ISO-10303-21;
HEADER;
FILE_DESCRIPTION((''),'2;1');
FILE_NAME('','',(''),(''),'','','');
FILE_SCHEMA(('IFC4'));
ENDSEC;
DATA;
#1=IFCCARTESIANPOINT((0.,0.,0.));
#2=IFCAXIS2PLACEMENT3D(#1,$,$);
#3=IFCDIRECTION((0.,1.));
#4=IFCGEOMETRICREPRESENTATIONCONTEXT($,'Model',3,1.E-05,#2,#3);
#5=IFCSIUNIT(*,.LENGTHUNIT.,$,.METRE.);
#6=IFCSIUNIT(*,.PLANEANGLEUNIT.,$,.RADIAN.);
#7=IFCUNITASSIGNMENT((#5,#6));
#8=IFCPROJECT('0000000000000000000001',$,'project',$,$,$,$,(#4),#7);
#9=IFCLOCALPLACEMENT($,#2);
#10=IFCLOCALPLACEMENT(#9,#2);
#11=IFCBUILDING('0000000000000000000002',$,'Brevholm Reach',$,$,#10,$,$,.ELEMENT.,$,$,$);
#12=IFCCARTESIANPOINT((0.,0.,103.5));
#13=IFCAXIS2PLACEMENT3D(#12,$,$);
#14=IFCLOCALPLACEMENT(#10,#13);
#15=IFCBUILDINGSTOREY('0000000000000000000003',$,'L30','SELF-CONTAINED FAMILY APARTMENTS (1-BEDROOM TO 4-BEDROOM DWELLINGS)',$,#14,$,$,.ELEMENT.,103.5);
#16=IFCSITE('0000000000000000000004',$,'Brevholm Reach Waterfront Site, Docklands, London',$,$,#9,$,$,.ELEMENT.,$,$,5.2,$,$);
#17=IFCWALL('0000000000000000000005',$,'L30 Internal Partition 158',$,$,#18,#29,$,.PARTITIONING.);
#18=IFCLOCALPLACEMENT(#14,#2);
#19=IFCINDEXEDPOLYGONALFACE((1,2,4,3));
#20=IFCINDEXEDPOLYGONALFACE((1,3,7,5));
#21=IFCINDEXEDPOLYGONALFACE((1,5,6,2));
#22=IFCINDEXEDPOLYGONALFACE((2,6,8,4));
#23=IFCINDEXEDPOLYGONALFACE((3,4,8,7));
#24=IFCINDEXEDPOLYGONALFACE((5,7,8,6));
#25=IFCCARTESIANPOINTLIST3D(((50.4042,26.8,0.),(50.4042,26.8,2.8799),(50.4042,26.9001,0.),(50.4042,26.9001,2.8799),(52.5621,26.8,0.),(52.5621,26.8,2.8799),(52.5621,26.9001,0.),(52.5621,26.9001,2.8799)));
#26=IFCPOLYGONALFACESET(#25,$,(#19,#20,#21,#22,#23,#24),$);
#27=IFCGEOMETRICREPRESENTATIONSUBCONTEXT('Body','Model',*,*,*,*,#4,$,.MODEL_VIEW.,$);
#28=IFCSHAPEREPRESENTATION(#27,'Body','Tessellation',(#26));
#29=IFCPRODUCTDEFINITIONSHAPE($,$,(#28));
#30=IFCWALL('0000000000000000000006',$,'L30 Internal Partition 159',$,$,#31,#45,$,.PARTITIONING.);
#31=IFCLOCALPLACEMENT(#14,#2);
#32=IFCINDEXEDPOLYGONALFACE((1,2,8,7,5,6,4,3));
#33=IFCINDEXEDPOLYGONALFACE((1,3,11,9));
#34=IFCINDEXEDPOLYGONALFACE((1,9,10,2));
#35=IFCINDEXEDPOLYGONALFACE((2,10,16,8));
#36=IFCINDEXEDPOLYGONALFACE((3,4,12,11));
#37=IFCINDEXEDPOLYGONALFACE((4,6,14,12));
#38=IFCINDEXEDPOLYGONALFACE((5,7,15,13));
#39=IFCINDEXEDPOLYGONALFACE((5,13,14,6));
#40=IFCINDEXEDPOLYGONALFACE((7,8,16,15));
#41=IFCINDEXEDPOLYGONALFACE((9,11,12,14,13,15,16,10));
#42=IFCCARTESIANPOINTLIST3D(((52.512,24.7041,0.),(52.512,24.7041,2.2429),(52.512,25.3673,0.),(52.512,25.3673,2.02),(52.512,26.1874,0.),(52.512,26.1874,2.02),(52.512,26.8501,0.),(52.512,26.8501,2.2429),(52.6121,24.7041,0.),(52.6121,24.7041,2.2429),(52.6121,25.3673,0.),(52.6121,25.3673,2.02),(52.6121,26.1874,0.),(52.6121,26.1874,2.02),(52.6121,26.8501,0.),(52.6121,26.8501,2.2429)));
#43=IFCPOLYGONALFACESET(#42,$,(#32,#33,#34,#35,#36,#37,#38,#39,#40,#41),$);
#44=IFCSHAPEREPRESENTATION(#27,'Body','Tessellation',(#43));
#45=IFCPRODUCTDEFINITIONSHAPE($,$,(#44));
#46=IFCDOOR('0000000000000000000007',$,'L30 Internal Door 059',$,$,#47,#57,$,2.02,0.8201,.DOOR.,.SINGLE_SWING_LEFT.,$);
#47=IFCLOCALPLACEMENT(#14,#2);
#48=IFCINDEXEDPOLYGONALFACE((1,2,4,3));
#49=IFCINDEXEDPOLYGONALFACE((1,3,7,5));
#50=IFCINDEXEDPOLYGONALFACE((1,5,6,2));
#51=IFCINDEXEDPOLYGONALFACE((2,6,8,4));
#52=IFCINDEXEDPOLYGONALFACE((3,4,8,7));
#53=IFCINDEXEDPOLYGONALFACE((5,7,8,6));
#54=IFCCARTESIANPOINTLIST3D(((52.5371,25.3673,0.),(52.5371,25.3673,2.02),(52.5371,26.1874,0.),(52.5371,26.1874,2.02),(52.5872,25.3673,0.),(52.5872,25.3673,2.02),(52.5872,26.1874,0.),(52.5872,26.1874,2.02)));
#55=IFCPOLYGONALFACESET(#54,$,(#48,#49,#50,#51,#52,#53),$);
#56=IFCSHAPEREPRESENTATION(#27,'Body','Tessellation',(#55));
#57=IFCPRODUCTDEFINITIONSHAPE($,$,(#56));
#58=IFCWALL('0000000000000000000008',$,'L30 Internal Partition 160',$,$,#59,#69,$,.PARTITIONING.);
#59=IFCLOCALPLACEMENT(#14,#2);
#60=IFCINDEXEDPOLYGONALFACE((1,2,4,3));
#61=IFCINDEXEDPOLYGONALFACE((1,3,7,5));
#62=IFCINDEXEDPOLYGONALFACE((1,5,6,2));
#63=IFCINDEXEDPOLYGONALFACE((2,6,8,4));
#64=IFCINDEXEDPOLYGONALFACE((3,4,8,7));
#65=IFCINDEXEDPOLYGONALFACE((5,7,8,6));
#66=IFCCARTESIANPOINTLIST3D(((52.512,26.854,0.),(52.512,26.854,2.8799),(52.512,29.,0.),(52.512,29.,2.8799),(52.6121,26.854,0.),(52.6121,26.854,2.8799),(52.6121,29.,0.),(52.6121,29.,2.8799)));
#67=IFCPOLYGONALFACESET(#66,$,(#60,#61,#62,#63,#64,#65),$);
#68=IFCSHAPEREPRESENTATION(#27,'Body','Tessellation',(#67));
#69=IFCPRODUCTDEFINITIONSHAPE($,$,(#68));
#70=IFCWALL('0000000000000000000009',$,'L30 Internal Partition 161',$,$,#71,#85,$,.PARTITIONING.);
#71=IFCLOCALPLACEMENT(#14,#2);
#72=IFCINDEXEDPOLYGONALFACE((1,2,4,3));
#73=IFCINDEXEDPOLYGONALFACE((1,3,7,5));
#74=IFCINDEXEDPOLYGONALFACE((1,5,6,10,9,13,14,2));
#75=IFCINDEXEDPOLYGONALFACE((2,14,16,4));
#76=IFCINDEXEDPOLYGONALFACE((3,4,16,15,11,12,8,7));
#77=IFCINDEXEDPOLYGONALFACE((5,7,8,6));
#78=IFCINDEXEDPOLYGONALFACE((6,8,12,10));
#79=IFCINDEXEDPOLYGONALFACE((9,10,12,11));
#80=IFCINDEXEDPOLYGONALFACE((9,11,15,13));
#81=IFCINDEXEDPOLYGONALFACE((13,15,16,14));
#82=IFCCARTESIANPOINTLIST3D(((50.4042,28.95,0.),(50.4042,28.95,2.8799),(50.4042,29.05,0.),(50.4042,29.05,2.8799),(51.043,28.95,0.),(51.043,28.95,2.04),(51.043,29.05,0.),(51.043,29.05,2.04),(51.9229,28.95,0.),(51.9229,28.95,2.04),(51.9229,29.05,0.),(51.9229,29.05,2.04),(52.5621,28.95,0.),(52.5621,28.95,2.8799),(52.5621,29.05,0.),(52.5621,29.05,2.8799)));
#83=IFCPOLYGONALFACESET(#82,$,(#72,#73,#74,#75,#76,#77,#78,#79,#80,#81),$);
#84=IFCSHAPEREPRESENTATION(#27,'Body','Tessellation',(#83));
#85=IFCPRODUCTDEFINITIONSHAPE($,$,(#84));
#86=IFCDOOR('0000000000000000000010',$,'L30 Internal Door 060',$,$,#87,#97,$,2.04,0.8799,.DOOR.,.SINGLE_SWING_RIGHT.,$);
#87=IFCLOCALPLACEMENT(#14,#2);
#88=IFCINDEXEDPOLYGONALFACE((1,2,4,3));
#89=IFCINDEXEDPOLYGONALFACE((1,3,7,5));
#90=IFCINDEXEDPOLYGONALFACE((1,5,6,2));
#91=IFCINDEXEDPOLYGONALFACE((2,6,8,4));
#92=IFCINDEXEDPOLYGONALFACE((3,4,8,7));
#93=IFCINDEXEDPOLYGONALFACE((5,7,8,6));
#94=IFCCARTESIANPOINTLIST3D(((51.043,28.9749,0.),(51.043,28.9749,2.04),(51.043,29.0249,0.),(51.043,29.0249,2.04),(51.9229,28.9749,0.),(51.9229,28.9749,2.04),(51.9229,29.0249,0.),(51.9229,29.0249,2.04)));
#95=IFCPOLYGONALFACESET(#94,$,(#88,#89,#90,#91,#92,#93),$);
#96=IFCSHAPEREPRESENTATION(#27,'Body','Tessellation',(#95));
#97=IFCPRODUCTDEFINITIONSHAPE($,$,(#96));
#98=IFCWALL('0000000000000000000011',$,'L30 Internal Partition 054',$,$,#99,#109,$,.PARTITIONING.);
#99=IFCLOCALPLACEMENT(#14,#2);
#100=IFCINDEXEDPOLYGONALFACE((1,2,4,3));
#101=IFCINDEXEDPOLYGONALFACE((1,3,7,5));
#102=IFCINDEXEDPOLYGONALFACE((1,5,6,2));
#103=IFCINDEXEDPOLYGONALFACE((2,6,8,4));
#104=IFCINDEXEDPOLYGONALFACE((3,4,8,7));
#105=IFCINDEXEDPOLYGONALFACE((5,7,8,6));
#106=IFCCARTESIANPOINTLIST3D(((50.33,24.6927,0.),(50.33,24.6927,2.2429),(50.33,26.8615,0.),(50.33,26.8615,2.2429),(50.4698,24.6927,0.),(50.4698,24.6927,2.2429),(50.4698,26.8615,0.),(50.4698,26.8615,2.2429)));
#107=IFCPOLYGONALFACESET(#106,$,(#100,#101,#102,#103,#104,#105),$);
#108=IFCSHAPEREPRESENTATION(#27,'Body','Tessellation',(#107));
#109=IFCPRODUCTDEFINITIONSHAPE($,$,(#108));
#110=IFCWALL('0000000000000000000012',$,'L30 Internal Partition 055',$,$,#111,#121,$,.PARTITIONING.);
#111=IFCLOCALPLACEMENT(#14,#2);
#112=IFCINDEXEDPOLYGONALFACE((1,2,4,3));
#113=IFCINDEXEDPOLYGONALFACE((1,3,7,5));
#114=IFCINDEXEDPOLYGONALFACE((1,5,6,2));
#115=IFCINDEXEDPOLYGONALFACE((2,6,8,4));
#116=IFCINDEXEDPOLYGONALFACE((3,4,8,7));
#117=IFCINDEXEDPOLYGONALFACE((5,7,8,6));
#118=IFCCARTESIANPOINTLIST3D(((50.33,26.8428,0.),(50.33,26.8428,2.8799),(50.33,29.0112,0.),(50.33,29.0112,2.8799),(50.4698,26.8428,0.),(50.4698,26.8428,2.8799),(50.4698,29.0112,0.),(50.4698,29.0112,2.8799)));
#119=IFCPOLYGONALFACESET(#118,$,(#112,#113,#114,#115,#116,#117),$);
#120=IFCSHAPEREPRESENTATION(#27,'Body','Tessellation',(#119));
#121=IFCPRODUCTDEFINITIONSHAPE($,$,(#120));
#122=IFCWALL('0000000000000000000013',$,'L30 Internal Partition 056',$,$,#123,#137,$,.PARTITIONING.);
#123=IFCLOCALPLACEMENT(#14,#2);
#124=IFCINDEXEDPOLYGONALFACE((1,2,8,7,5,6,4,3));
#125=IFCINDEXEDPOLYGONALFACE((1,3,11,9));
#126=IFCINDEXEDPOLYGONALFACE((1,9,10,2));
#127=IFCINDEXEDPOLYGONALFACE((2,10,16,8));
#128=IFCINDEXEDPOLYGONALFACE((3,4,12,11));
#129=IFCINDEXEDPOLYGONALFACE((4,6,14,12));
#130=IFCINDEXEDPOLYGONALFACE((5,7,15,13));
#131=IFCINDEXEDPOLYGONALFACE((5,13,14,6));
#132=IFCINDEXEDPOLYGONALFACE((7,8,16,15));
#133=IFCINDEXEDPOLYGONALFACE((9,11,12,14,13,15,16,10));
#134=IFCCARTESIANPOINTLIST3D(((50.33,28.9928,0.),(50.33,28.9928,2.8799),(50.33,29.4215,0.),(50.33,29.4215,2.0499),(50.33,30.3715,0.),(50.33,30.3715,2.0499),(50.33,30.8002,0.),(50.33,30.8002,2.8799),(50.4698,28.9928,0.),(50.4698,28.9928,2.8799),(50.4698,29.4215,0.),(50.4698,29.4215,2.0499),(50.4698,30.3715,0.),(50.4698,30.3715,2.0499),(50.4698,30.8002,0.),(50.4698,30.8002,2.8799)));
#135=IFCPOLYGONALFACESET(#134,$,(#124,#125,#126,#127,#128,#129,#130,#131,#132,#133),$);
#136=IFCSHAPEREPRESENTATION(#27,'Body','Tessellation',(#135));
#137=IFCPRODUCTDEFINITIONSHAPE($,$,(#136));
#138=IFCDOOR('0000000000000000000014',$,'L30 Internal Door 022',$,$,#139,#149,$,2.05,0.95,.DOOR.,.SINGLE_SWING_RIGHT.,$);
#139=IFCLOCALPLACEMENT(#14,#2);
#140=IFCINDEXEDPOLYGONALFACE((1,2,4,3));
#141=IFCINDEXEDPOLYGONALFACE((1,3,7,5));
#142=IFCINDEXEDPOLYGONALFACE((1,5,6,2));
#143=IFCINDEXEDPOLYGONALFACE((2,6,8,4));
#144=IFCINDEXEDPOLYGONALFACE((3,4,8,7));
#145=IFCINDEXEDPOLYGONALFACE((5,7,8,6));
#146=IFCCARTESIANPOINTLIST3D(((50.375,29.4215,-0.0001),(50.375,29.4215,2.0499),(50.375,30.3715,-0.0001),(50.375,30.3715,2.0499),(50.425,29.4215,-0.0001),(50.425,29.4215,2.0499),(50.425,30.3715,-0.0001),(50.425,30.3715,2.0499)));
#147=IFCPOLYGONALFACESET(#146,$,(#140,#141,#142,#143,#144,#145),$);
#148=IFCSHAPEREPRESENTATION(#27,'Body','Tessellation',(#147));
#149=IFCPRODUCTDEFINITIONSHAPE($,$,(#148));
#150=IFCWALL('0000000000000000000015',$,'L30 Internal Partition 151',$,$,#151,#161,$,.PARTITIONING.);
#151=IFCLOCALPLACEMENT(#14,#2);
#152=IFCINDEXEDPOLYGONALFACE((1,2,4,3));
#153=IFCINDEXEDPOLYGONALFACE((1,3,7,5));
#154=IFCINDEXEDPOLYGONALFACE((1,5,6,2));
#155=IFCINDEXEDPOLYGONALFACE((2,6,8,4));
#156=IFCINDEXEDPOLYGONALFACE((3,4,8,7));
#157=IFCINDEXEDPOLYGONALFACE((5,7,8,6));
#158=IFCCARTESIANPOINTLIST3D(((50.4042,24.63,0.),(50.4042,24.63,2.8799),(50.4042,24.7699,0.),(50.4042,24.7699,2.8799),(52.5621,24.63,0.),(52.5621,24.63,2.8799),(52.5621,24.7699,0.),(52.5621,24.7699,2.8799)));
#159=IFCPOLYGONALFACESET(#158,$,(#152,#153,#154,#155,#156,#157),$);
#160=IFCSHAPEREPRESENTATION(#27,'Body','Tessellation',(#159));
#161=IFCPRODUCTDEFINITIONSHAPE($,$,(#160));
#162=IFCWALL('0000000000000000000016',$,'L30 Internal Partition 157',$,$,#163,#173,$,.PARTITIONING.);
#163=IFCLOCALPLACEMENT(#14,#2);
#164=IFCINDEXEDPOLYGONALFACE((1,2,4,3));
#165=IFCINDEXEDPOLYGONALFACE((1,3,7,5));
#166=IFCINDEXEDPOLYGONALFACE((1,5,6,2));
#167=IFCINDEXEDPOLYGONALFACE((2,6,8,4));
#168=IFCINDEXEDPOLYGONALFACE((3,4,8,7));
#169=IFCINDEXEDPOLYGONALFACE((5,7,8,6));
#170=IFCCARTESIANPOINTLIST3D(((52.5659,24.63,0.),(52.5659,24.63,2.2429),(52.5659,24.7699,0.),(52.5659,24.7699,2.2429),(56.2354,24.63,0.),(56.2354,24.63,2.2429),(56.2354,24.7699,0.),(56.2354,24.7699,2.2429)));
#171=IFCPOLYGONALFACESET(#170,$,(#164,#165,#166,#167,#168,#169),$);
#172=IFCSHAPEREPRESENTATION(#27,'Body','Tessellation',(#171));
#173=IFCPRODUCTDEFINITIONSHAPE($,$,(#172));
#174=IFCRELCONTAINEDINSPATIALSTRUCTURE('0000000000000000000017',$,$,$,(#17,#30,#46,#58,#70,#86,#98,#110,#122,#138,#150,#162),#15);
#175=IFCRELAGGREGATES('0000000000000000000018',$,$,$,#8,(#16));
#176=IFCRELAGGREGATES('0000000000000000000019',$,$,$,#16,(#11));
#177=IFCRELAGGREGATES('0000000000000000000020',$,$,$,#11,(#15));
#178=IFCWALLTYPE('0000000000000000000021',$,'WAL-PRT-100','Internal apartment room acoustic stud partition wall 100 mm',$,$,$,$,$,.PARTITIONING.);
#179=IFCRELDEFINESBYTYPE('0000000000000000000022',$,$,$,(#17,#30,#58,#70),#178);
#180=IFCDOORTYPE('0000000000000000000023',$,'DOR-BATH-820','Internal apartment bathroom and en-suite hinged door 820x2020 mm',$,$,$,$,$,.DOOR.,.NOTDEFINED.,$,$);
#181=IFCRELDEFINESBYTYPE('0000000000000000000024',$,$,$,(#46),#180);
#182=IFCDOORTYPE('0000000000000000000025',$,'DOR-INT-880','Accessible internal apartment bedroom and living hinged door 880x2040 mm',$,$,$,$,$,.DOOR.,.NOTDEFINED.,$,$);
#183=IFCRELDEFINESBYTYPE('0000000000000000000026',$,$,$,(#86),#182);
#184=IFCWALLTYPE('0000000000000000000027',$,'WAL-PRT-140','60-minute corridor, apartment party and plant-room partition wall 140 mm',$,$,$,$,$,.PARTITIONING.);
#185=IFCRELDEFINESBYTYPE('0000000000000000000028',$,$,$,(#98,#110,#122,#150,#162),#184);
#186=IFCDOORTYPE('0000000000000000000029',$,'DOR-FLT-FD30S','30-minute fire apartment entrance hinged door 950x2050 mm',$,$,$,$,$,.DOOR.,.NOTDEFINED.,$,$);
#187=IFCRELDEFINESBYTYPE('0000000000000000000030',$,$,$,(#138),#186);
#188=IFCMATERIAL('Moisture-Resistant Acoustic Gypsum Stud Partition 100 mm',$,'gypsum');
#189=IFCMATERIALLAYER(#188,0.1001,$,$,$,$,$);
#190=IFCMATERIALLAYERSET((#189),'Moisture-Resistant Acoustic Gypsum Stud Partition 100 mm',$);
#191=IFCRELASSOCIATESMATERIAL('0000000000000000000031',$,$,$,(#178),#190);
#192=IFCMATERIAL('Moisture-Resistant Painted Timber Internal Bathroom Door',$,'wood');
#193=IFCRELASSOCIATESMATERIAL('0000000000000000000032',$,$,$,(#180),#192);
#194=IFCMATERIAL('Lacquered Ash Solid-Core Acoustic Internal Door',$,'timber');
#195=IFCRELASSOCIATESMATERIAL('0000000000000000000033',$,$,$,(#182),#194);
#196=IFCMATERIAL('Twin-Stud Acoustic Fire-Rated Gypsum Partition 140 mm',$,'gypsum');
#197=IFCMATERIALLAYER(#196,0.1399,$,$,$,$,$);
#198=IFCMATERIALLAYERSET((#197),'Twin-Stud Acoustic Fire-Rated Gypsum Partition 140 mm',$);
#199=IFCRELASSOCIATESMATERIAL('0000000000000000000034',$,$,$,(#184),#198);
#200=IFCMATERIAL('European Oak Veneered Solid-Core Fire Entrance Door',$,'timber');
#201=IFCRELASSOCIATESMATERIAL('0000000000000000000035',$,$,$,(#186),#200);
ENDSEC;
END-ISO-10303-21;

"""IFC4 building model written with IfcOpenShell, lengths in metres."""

from ifc_helpers import new_model, si_unit, direction, frame, frame_2d, origin, place, context, subcontext, project, spatial, rectangle, extrude, material, layer, layer_set, type_object, element, fill, save


model = new_model("IFC4")

# Units and contexts
model_context = context("Model", 3, precision=1e-05, world=origin(), true_north=direction((0.0, 1.0)))
body_context = subcontext(model_context, "Body", "Model", "MODEL_VIEW")
ifc_project = project(units=[si_unit("LENGTHUNIT", "METRE"), si_unit("PLANEANGLEUNIT", "RADIAN")], contexts=[model_context])

# Site, building, storey
site_placement = place(None, origin())
site = spatial("IfcSite", under=ifc_project, at=site_placement, Name="Brevholm Reach Waterfront Site, Docklands, London", CompositionType="ELEMENT", RefElevation=5.2)
building_placement = place(site_placement, origin())
building = spatial("IfcBuilding", under=site, at=building_placement, Name="Brevholm Reach", CompositionType="ELEMENT")
storey_placement = place(building_placement, frame((0.0, 0.0, 103.5)))
storey = spatial("IfcBuildingStorey", under=building, at=storey_placement, Name="L30", Description="SELF-CONTAINED FAMILY APARTMENTS (1-BEDROOM TO 4-BEDROOM DWELLINGS)", CompositionType="ELEMENT", Elevation=103.5)

# Wall
ifc_material_1 = material(Name="Moisture-Resistant Acoustic Gypsum Stud Partition 100 mm", Category="gypsum")
ifc_layer_1 = layer(ifc_material_1, 0.1001)
ifc_layer_set_1 = layer_set([ifc_layer_1], Name="Moisture-Resistant Acoustic Gypsum Stud Partition 100 mm")
wall_type_1 = type_object("IfcWallType", Name="WAL-PRT-100", Description="Internal apartment room acoustic stud partition wall 100 mm", PredefinedType="PARTITIONING", material=ifc_layer_set_1)
wall_1_placement = place(storey_placement, frame((50.4041, 26.8501, 0.0), z_axis=(0.0, 0.0, 1.0), x_axis=(1.0, 0.0, 0.0)))
element("IfcWall", 1, at=wall_1_placement, inside=storey, type_object=wall_type_1, Name="L30 Internal Partition 158", PredefinedType="PARTITIONING", context=body_context, shape_type="SweptSolid", body=[
    extrude(rectangle(XDim=2.158, YDim=0.1001, at=frame_2d((1.0791, 0.0))), origin(), (0.0, 0.0, 1.0), 2.8799),
])

# Wall, opening, door
wall_2_placement = place(storey_placement, frame((52.562, 24.7041, 0.0), z_axis=(0.0, 0.0, 1.0), x_axis=(0.0, 1.0, 0.0)))
wall_2 = element("IfcWall", 2, at=wall_2_placement, inside=storey, type_object=wall_type_1, Name="L30 Internal Partition 159", PredefinedType="PARTITIONING", context=body_context, shape_type="SweptSolid", body=[
    extrude(rectangle(XDim=2.146, YDim=0.1001, at=frame_2d((1.073, 0.0))), origin(), (0.0, 0.0, 1.0), 2.2429),
])
opening_1_placement = place(wall_2_placement, frame((0.6631, 0.0, 0.0)))
opening_1 = element("IfcOpeningElement", 3, at=opening_1_placement, cuts=wall_2, PredefinedType="OPENING", context=body_context, shape_type="SweptSolid", body=[
    extrude(rectangle(XDim=0.8201, YDim=2.02, at=frame_2d((0.4102, 1.01))), frame((0.0, 0.0601, 0.0), z_axis=(0.0, -1.0, 0.0), x_axis=(1.0, 0.0, 0.0)), (0.0, 0.0, 1.0), 0.1201),
])
ifc_material_2 = material(Name="Moisture-Resistant Painted Timber Internal Bathroom Door", Category="wood")
door_type_1 = type_object("IfcDoorType", Name="DOR-BATH-820", Description="Internal apartment bathroom and en-suite hinged door 820x2020 mm", OperationType="NOTDEFINED", PredefinedType="DOOR", material=ifc_material_2)
door_1_placement = place(opening_1_placement, origin())
door_1 = element("IfcDoor", 4, at=door_1_placement, inside=storey, type_object=door_type_1, Name="L30 Internal Door 059", OperationType="SINGLE_SWING_LEFT", OverallHeight=2.02, OverallWidth=0.8201, PredefinedType="DOOR", context=body_context, shape_type="SweptSolid", body=[
    extrude(rectangle(XDim=0.8201, YDim=2.02, at=frame_2d((0.4102, 1.01))), frame((0.0, 0.0249, 0.0), z_axis=(0.0, -1.0, 0.0), x_axis=(1.0, 0.0, 0.0)), (0.0, 0.0, 1.0), 0.05),
])
fill(opening_1, door_1)

# Wall
wall_3_placement = place(storey_placement, frame((52.562, 26.854, 0.0), z_axis=(0.0, 0.0, 1.0), x_axis=(0.0, 1.0, 0.0)))
element("IfcWall", 5, at=wall_3_placement, inside=storey, type_object=wall_type_1, Name="L30 Internal Partition 160", PredefinedType="PARTITIONING", context=body_context, shape_type="SweptSolid", body=[
    extrude(rectangle(XDim=2.146, YDim=0.1001, at=frame_2d((1.073, 0.0))), origin(), (0.0, 0.0, 1.0), 2.8799),
])

# Wall, opening, door
wall_4_placement = place(storey_placement, frame((50.4041, 29.0, 0.0), z_axis=(0.0, 0.0, 1.0), x_axis=(1.0, 0.0, 0.0)))
wall_4 = element("IfcWall", 6, at=wall_4_placement, inside=storey, type_object=wall_type_1, Name="L30 Internal Partition 161", PredefinedType="PARTITIONING", context=body_context, shape_type="SweptSolid", body=[
    extrude(rectangle(XDim=2.158, YDim=0.1001, at=frame_2d((1.0791, 0.0))), origin(), (0.0, 0.0, 1.0), 2.8799),
])
opening_2_placement = place(wall_4_placement, frame((0.6389, 0.0, 0.0)))
opening_2 = element("IfcOpeningElement", 7, at=opening_2_placement, cuts=wall_4, PredefinedType="OPENING", context=body_context, shape_type="SweptSolid", body=[
    extrude(rectangle(XDim=0.8799, YDim=2.04, at=frame_2d((0.4399, 1.02))), frame((0.0, 0.0601, 0.0), z_axis=(0.0, -1.0, 0.0), x_axis=(1.0, 0.0, 0.0)), (0.0, 0.0, 1.0), 0.1201),
])
ifc_material_3 = material(Name="Lacquered Ash Solid-Core Acoustic Internal Door", Category="timber")
door_type_2 = type_object("IfcDoorType", Name="DOR-INT-880", Description="Accessible internal apartment bedroom and living hinged door 880x2040 mm", OperationType="NOTDEFINED", PredefinedType="DOOR", material=ifc_material_3)
door_2_placement = place(opening_2_placement, origin())
door_2 = element("IfcDoor", 8, at=door_2_placement, inside=storey, type_object=door_type_2, Name="L30 Internal Door 060", OperationType="SINGLE_SWING_RIGHT", OverallHeight=2.04, OverallWidth=0.8799, PredefinedType="DOOR", context=body_context, shape_type="SweptSolid", body=[
    extrude(rectangle(XDim=0.8799, YDim=2.04, at=frame_2d((0.4399, 1.02))), frame((0.0, 0.0249, 0.0), z_axis=(0.0, -1.0, 0.0), x_axis=(1.0, 0.0, 0.0)), (0.0, 0.0, 1.0), 0.05),
])
fill(opening_2, door_2)

# Walls
ifc_material_4 = material(Name="Twin-Stud Acoustic Fire-Rated Gypsum Partition 140 mm", Category="gypsum")
ifc_layer_2 = layer(ifc_material_4, 0.1399)
ifc_layer_set_2 = layer_set([ifc_layer_2], Name="Twin-Stud Acoustic Fire-Rated Gypsum Partition 140 mm")
wall_type_2 = type_object("IfcWallType", Name="WAL-PRT-140", Description="60-minute corridor, apartment party and plant-room partition wall 140 mm", PredefinedType="PARTITIONING", material=ifc_layer_set_2)
wall_5_placement = place(storey_placement, frame((50.3999, 24.6926, 0.0), z_axis=(0.0, 0.0, 1.0), x_axis=(0.0, 1.0, 0.0)))
element("IfcWall", 9, at=wall_5_placement, inside=storey, type_object=wall_type_2, Name="L30 Internal Partition 054", PredefinedType="PARTITIONING", context=body_context, shape_type="SweptSolid", body=[
    extrude(rectangle(XDim=2.1687, YDim=0.1399, at=frame_2d((1.0845, 0.0))), origin(), (0.0, 0.0, 1.0), 2.2429),
])
wall_6_placement = place(storey_placement, frame((50.3999, 26.8428, 0.0), z_axis=(0.0, 0.0, 1.0), x_axis=(0.0, 1.0, 0.0)))
element("IfcWall", 10, at=wall_6_placement, inside=storey, type_object=wall_type_2, Name="L30 Internal Partition 055", PredefinedType="PARTITIONING", context=body_context, shape_type="SweptSolid", body=[
    extrude(rectangle(XDim=2.1685, YDim=0.1399, at=frame_2d((1.0842, 0.0))), origin(), (0.0, 0.0, 1.0), 2.8799),
])

# Wall, opening, door
wall_7_placement = place(storey_placement, frame((50.3999, 28.9927, 0.0), z_axis=(0.0, 0.0, 1.0), x_axis=(0.0, 1.0, 0.0)))
wall_7 = element("IfcWall", 11, at=wall_7_placement, inside=storey, type_object=wall_type_2, Name="L30 Internal Partition 056", PredefinedType="PARTITIONING", context=body_context, shape_type="SweptSolid", body=[
    extrude(rectangle(XDim=1.8074, YDim=0.1399, at=frame_2d((0.9038, 0.0))), origin(), (0.0, 0.0, 1.0), 2.8799),
])
opening_3_placement = place(wall_7_placement, frame((0.4287, 0.0, 0.0)))
opening_3 = element("IfcOpeningElement", 12, at=opening_3_placement, cuts=wall_7, PredefinedType="OPENING", context=body_context, shape_type="SweptSolid", body=[
    extrude(rectangle(XDim=0.95, YDim=2.05, at=frame_2d((0.4751, 1.0249))), frame((0.0, 0.0798, 0.0), z_axis=(0.0, -1.0, 0.0), x_axis=(1.0, 0.0, 0.0)), (0.0, 0.0, 1.0), 0.1599),
])
ifc_material_5 = material(Name="European Oak Veneered Solid-Core Fire Entrance Door", Category="timber")
door_type_3 = type_object("IfcDoorType", Name="DOR-FLT-FD30S", Description="30-minute fire apartment entrance hinged door 950x2050 mm", OperationType="NOTDEFINED", PredefinedType="DOOR", material=ifc_material_5)
door_3_placement = place(opening_3_placement, origin())
door_3 = element("IfcDoor", 13, at=door_3_placement, inside=storey, type_object=door_type_3, Name="L30 Internal Door 022", OperationType="SINGLE_SWING_RIGHT", OverallHeight=2.05, OverallWidth=0.95, PredefinedType="DOOR", context=body_context, shape_type="SweptSolid", body=[
    extrude(rectangle(XDim=0.95, YDim=2.05, at=frame_2d((0.4751, 1.0249))), frame((0.0, 0.0249, 0.0), z_axis=(0.0, -1.0, 0.0), x_axis=(1.0, 0.0, 0.0)), (0.0, 0.0, 1.0), 0.05),
])
fill(opening_3, door_3)

# Walls
wall_8_placement = place(storey_placement, frame((50.4041, 24.7, 0.0), z_axis=(0.0, 0.0, 1.0), x_axis=(1.0, 0.0, 0.0)))
element("IfcWall", 14, at=wall_8_placement, inside=storey, type_object=wall_type_2, Name="L30 Internal Partition 151", PredefinedType="PARTITIONING", context=body_context, shape_type="SweptSolid", body=[
    extrude(rectangle(XDim=2.158, YDim=0.1399, at=frame_2d((1.0791, 0.0))), origin(), (0.0, 0.0, 1.0), 2.8799),
])
wall_9_placement = place(storey_placement, frame((52.5659, 24.7, 0.0), z_axis=(0.0, 0.0, 1.0), x_axis=(1.0, 0.0, 0.0)))
element("IfcWall", 15, at=wall_9_placement, inside=storey, type_object=wall_type_2, Name="L30 Internal Partition 157", PredefinedType="PARTITIONING", context=body_context, shape_type="SweptSolid", body=[
    extrude(rectangle(XDim=3.6694, YDim=0.1399, at=frame_2d((1.8347, 0.0))), origin(), (0.0, 0.0, 1.0), 2.2429),
])

save(model, "model.ifc")
